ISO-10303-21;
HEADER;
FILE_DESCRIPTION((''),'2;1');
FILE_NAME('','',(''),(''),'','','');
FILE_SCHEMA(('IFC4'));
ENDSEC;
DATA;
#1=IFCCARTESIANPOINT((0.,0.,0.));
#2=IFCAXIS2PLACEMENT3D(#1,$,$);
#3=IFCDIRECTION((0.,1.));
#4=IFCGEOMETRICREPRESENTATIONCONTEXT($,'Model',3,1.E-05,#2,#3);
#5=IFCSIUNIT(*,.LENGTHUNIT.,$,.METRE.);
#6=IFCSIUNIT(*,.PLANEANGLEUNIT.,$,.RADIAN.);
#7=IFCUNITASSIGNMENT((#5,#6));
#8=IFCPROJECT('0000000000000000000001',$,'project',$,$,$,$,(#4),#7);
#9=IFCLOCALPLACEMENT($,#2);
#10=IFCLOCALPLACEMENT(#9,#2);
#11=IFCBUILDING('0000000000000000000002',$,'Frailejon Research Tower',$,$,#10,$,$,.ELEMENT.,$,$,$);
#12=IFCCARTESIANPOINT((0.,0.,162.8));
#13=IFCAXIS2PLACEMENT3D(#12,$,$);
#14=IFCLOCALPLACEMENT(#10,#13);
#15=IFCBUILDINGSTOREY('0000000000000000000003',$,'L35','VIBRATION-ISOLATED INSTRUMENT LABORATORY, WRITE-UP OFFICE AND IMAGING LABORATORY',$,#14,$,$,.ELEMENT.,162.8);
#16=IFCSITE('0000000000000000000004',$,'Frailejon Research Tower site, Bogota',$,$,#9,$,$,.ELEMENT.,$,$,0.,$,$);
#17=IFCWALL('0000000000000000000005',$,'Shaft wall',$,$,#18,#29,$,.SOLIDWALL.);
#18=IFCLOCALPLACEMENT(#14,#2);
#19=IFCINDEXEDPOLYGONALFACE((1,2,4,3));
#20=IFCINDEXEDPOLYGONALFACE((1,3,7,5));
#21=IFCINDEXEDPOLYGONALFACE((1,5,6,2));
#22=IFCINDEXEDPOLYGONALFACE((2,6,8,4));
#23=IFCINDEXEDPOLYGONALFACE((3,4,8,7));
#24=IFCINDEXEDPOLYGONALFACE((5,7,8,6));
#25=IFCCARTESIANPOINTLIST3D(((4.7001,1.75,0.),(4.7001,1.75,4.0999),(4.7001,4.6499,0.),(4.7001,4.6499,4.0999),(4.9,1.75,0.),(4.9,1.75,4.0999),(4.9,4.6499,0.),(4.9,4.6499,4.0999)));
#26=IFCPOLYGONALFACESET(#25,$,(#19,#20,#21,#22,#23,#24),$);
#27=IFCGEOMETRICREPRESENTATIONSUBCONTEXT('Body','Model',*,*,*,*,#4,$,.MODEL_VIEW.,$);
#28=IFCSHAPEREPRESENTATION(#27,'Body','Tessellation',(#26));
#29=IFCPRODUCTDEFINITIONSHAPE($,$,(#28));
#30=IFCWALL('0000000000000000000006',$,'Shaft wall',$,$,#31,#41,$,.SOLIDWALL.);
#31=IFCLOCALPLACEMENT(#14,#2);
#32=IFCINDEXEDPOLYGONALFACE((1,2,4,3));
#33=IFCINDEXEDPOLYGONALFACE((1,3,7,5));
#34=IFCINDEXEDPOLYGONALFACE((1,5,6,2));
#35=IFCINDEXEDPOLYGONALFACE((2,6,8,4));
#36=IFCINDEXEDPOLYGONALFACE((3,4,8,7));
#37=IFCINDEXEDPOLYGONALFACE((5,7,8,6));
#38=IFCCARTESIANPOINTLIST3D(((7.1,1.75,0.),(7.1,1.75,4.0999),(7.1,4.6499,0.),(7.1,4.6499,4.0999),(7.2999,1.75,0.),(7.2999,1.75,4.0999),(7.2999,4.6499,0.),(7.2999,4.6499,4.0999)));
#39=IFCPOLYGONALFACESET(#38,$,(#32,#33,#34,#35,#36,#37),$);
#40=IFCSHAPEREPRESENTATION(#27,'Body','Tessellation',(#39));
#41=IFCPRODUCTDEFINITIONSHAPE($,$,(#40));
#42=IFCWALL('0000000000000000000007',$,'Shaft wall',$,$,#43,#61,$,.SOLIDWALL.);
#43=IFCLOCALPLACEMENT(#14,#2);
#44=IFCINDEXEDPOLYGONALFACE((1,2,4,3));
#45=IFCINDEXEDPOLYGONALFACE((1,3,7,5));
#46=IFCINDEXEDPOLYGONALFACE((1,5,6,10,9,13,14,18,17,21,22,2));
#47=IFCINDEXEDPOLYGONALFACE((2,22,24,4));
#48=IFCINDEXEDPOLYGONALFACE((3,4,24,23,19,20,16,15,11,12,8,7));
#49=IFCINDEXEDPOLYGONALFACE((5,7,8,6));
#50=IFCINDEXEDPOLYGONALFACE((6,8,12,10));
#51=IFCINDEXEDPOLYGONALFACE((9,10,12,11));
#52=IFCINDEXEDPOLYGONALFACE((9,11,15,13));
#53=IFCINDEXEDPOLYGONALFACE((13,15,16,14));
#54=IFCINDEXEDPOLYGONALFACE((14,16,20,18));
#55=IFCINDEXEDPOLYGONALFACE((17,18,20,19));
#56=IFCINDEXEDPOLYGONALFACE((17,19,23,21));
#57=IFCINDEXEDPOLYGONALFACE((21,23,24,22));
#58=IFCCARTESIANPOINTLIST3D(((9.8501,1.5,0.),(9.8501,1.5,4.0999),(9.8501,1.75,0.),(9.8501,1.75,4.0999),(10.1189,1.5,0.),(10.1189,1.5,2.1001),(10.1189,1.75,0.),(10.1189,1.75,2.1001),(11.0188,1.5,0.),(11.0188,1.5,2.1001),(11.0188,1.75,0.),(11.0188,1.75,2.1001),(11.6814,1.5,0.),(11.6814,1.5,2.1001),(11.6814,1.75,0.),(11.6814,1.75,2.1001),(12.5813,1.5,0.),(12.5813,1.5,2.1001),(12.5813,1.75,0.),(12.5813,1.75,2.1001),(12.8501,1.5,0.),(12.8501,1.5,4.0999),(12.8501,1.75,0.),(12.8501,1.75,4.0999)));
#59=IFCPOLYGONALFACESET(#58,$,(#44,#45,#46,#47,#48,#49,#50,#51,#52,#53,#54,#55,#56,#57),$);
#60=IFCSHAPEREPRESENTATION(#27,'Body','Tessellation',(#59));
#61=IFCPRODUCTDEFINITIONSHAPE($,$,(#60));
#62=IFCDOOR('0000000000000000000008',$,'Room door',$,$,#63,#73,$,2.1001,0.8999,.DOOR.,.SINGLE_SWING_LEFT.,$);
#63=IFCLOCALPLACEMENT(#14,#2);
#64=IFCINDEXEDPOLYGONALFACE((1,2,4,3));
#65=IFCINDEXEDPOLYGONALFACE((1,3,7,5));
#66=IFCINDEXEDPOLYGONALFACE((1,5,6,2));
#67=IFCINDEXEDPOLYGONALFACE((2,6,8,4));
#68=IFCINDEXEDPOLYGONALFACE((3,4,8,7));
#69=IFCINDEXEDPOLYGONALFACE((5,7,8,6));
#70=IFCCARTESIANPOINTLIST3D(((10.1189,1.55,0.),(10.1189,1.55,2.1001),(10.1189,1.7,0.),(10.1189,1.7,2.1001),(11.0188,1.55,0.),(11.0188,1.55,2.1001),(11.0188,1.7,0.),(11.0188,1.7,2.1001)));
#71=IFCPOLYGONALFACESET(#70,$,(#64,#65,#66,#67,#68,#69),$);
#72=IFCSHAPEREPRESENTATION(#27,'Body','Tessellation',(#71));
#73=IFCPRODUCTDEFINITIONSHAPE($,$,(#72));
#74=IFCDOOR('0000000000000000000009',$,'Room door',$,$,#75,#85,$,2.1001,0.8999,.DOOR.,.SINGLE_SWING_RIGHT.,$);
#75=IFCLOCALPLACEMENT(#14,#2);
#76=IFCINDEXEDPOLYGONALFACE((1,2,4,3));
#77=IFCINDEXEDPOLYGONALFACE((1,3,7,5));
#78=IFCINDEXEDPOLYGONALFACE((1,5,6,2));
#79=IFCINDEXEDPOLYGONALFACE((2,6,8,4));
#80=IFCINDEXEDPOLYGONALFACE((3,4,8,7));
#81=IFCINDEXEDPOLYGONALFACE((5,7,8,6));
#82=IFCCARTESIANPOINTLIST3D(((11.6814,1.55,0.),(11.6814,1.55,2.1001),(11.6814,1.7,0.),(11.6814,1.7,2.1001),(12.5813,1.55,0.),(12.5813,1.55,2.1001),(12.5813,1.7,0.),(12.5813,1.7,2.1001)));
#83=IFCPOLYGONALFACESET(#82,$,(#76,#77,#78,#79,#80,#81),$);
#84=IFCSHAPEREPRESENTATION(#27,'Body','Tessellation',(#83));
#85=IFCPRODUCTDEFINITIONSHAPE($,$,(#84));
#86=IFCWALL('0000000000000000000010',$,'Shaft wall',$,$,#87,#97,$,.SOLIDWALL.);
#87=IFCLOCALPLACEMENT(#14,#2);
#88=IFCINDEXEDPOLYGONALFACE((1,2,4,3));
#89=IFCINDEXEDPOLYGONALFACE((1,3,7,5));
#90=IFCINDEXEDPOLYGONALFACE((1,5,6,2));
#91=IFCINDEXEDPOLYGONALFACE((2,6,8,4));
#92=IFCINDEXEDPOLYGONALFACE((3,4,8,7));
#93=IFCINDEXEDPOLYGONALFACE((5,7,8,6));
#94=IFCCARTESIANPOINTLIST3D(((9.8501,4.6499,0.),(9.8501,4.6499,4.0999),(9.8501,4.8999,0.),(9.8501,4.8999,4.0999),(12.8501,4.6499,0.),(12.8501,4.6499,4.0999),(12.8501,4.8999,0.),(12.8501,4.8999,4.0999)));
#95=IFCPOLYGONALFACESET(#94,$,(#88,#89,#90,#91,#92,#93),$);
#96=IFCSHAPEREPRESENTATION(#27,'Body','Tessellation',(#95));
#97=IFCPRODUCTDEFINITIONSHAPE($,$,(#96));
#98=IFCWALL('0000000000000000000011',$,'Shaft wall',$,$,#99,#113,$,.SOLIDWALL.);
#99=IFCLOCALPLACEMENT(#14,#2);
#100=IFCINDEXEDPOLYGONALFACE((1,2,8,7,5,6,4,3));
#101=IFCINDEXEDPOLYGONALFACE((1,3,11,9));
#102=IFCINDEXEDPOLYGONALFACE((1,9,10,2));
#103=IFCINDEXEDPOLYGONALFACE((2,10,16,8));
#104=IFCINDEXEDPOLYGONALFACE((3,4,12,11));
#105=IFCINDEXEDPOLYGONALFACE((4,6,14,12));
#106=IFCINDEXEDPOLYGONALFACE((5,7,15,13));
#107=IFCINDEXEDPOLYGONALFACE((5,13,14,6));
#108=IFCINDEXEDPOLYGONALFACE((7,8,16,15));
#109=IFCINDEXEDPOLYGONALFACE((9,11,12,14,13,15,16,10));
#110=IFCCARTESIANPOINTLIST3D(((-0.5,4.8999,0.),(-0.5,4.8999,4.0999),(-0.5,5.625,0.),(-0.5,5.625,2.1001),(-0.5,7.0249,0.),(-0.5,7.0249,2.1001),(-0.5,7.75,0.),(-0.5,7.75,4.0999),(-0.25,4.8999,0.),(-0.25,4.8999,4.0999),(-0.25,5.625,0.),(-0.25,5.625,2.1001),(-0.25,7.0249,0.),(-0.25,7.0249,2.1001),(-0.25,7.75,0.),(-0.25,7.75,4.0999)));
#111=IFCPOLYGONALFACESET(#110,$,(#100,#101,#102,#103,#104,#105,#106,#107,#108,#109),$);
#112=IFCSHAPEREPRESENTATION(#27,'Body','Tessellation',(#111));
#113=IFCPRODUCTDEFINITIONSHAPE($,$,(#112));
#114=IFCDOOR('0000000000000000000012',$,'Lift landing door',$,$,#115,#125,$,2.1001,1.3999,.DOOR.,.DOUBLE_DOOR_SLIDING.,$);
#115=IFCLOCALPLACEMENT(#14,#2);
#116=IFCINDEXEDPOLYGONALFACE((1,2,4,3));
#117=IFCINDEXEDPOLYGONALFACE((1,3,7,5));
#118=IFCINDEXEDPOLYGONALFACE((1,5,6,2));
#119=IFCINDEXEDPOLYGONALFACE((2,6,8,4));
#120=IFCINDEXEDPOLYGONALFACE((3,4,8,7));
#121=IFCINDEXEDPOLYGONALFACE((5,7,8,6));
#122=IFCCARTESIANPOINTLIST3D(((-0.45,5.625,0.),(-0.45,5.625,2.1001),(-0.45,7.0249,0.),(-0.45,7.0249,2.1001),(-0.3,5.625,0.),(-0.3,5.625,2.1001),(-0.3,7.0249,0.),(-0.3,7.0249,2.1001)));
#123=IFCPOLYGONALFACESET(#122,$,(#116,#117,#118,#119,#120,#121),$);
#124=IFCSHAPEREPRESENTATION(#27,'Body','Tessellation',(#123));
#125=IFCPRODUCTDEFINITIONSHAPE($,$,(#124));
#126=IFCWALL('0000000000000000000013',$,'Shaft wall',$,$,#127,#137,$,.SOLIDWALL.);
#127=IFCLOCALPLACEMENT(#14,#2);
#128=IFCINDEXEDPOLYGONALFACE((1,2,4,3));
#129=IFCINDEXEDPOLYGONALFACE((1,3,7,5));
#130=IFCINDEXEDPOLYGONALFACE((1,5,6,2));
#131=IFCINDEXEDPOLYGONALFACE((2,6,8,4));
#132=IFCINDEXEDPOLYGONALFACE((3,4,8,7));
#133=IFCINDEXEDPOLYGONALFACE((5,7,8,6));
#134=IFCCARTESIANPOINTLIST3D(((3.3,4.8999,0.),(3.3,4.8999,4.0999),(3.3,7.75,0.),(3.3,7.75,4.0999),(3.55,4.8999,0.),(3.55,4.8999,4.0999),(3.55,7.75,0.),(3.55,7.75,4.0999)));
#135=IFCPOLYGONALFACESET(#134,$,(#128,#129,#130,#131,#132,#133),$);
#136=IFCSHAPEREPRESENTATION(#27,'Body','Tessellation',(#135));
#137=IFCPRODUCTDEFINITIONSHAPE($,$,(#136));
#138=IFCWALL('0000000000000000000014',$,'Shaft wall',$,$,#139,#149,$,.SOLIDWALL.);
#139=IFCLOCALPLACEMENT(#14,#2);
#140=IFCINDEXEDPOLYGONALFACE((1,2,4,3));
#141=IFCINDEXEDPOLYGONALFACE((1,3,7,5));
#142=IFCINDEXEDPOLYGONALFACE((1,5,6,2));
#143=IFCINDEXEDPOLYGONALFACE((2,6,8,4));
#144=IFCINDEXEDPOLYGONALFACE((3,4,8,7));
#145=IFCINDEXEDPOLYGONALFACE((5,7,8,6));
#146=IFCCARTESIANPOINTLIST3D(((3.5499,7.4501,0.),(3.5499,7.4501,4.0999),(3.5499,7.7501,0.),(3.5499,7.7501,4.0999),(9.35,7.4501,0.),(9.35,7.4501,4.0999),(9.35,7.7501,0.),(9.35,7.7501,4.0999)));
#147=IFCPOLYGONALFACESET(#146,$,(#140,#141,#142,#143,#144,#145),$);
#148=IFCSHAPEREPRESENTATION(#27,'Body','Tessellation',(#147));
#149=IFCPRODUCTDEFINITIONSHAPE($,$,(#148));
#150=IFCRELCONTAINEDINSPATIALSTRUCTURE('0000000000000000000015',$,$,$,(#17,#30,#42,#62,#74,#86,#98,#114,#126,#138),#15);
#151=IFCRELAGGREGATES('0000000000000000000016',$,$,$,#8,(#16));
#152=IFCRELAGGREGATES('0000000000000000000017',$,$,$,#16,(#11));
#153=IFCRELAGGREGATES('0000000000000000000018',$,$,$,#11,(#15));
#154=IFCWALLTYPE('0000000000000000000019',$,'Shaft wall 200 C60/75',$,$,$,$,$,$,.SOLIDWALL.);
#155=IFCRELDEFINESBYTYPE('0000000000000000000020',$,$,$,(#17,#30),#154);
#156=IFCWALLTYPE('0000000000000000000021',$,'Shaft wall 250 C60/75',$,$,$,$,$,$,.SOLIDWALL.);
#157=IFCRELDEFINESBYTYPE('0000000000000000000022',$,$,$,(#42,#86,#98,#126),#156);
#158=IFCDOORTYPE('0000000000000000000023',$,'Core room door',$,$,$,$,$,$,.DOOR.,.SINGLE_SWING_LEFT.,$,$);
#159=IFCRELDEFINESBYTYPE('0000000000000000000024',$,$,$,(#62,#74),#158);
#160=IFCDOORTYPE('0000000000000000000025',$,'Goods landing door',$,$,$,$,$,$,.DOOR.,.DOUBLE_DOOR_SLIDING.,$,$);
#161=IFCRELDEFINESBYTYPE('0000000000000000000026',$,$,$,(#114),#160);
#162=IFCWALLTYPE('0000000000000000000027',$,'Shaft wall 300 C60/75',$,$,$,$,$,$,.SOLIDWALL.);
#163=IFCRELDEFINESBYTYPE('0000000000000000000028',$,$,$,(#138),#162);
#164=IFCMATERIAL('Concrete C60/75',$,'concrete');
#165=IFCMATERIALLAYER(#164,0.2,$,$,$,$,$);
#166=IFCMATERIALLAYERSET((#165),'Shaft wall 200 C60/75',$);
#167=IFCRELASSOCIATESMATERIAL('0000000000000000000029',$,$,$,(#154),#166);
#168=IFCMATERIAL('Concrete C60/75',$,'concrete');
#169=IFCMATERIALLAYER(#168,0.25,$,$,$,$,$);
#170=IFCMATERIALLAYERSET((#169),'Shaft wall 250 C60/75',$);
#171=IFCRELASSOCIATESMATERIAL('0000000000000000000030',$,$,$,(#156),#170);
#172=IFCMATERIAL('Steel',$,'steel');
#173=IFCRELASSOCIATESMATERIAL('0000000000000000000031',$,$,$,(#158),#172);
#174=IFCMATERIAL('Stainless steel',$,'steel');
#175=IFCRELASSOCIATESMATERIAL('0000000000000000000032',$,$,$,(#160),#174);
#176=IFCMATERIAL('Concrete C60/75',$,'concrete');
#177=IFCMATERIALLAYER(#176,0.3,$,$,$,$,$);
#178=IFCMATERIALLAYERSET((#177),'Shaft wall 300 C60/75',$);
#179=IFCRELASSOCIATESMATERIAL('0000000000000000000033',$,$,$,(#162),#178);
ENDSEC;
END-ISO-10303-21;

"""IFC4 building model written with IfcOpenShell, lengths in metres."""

from ifc_helpers import new_model, si_unit, direction, frame, frame_2d, origin, place, context, subcontext, project, spatial, rectangle, extrude, material, layer, layer_set, type_object, element, fill, save


model = new_model("IFC4")

# Units and contexts
model_context = context("Model", 3, precision=1e-05, world=origin(), true_north=direction((0.0, 1.0)))
body_context = subcontext(model_context, "Body", "Model", "MODEL_VIEW")
ifc_project = project(units=[si_unit("LENGTHUNIT", "METRE"), si_unit("PLANEANGLEUNIT", "RADIAN")], contexts=[model_context])

# Site, building, storey
site_placement = place(None, origin())
site = spatial("IfcSite", under=ifc_project, at=site_placement, Name="Frailejon Research Tower site, Bogota", CompositionType="ELEMENT", RefElevation=0.0)
building_placement = place(site_placement, origin())
building = spatial("IfcBuilding", under=site, at=building_placement, Name="Frailejon Research Tower", CompositionType="ELEMENT")
storey_placement = place(building_placement, frame((0.0, 0.0, 162.8)))
storey = spatial("IfcBuildingStorey", under=building, at=storey_placement, Name="L35", Description="VIBRATION-ISOLATED INSTRUMENT LABORATORY, WRITE-UP OFFICE AND IMAGING LABORATORY", CompositionType="ELEMENT", Elevation=162.8)

# Walls
ifc_material_1 = material(Name="Concrete C60/75", Category="concrete")
ifc_layer_1 = layer(ifc_material_1, 0.2)
ifc_layer_set_1 = layer_set([ifc_layer_1], Name="Shaft wall 200 C60/75")
wall_type_1 = type_object("IfcWallType", Name="Shaft wall 200 C60/75", PredefinedType="SOLIDWALL", material=ifc_layer_set_1)
for number, where, z_axis, x_axis, name in (
    (1, (4.8, 1.75, 0.0), (0.0, 0.0, 1.0), (0.0, 1.0, 0.0), "Shaft wall"),
    (2, (7.2, 1.75, 0.0), (0.0, 0.0, 1.0), (0.0, 1.0, 0.0), "Shaft wall"),
):
    element("IfcWall", number, at=place(storey_placement, frame(where, z_axis=z_axis, x_axis=x_axis)), inside=storey, type_object=wall_type_1, Name=name, PredefinedType="SOLIDWALL", context=body_context, shape_type="SweptSolid", body=[
        extrude(rectangle(XDim=2.8999, YDim=0.2, at=frame_2d((1.45, 0.0))), origin(), (0.0, 0.0, 1.0), 4.0999),
    ])

# Wall, openings, doors
ifc_material_2 = material(Name="Concrete C60/75", Category="concrete")
ifc_layer_2 = layer(ifc_material_2, 0.25)
ifc_layer_set_2 = layer_set([ifc_layer_2], Name="Shaft wall 250 C60/75")
wall_type_2 = type_object("IfcWallType", Name="Shaft wall 250 C60/75", PredefinedType="SOLIDWALL", material=ifc_layer_set_2)
wall_1_placement = place(storey_placement, frame((9.8501, 1.625, 0.0), z_axis=(0.0, 0.0, 1.0), x_axis=(1.0, 0.0, 0.0)))
wall_1 = element("IfcWall", 3, at=wall_1_placement, inside=storey, type_object=wall_type_2, Name="Shaft wall", PredefinedType="SOLIDWALL", context=body_context, shape_type="SweptSolid", body=[
    extrude(rectangle(XDim=3.0, YDim=0.25, at=frame_2d((1.5, 0.0))), origin(), (0.0, 0.0, 1.0), 4.0999),
])
opening_1_placement = place(wall_1_placement, frame((0.2688, 0.0, 0.0)))
opening_1 = element("IfcOpeningElement", 4, at=opening_1_placement, cuts=wall_1, PredefinedType="OPENING", context=body_context, shape_type="SweptSolid", body=[
    extrude(rectangle(XDim=0.8999, YDim=2.1001, at=frame_2d((0.45, 1.05))), frame((0.0, 0.135, 0.0), z_axis=(0.0, -1.0, 0.0), x_axis=(1.0, 0.0, 0.0)), (0.0, 0.0, 1.0), 0.27),
])
opening_2_placement = place(wall_1_placement, frame((1.8313, 0.0, 0.0)))
opening_2 = element("IfcOpeningElement", 5, at=opening_2_placement, cuts=wall_1, PredefinedType="OPENING", context=body_context, shape_type="SweptSolid", body=[
    extrude(rectangle(XDim=0.8999, YDim=2.1001, at=frame_2d((0.45, 1.05))), frame((0.0, 0.135, 0.0), z_axis=(0.0, -1.0, 0.0), x_axis=(1.0, 0.0, 0.0)), (0.0, 0.0, 1.0), 0.27),
])
ifc_material_3 = material(Name="Steel", Category="steel")
door_type_1 = type_object("IfcDoorType", Name="Core room door", OperationType="SINGLE_SWING_LEFT", PredefinedType="DOOR", material=ifc_material_3)
door_1_placement = place(opening_1_placement, origin())
door_1 = element("IfcDoor", 6, at=door_1_placement, inside=storey, type_object=door_type_1, Name="Room door", OperationType="SINGLE_SWING_LEFT", OverallHeight=2.1001, OverallWidth=0.8999, PredefinedType="DOOR", context=body_context, shape_type="SweptSolid", body=[
    extrude(rectangle(XDim=0.8999, YDim=2.1001, at=frame_2d((0.45, 1.05))), frame((0.0, 0.075, 0.0), z_axis=(0.0, -1.0, 0.0), x_axis=(1.0, 0.0, 0.0)), (0.0, 0.0, 1.0), 0.1499),
])
fill(opening_1, door_1)
door_2_placement = place(opening_2_placement, origin())
door_2 = element("IfcDoor", 7, at=door_2_placement, inside=storey, type_object=door_type_1, Name="Room door", OperationType="SINGLE_SWING_RIGHT", OverallHeight=2.1001, OverallWidth=0.8999, PredefinedType="DOOR", context=body_context, shape_type="SweptSolid", body=[
    extrude(rectangle(XDim=0.8999, YDim=2.1001, at=frame_2d((0.45, 1.05))), frame((0.0, 0.075, 0.0), z_axis=(0.0, -1.0, 0.0), x_axis=(1.0, 0.0, 0.0)), (0.0, 0.0, 1.0), 0.1499),
])
fill(opening_2, door_2)

# Wall
wall_2_placement = place(storey_placement, frame((9.8501, 4.7749, 0.0), z_axis=(0.0, 0.0, 1.0), x_axis=(1.0, 0.0, 0.0)))
element("IfcWall", 8, at=wall_2_placement, inside=storey, type_object=wall_type_2, Name="Shaft wall", PredefinedType="SOLIDWALL", context=body_context, shape_type="SweptSolid", body=[
    extrude(rectangle(XDim=3.0, YDim=0.25, at=frame_2d((1.5, 0.0))), origin(), (0.0, 0.0, 1.0), 4.0999),
])

# Wall, opening, door
wall_3_placement = place(storey_placement, frame((-0.375, 4.8999, 0.0), z_axis=(0.0, 0.0, 1.0), x_axis=(0.0, 1.0, 0.0)))
wall_3 = element("IfcWall", 9, at=wall_3_placement, inside=storey, type_object=wall_type_2, Name="Shaft wall", PredefinedType="SOLIDWALL", context=body_context, shape_type="SweptSolid", body=[
    extrude(rectangle(XDim=2.8501, YDim=0.25, at=frame_2d((1.425, 0.0))), origin(), (0.0, 0.0, 1.0), 4.0999),
])
opening_3_placement = place(wall_3_placement, frame((0.7251, 0.0, 0.0)))
opening_3 = element("IfcOpeningElement", 10, at=opening_3_placement, cuts=wall_3, PredefinedType="OPENING", context=body_context, shape_type="SweptSolid", body=[
    extrude(rectangle(XDim=1.3999, YDim=2.1001, at=frame_2d((0.7, 1.05))), frame((0.0, 0.135, 0.0), z_axis=(0.0, -1.0, 0.0), x_axis=(1.0, 0.0, 0.0)), (0.0, 0.0, 1.0), 0.27),
])
ifc_material_4 = material(Name="Stainless steel", Category="steel")
door_type_2 = type_object("IfcDoorType", Name="Goods landing door", OperationType="DOUBLE_DOOR_SLIDING", PredefinedType="DOOR", material=ifc_material_4)
door_3_placement = place(opening_3_placement, origin())
door_3 = element("IfcDoor", 11, at=door_3_placement, inside=storey, type_object=door_type_2, Name="Lift landing door", OperationType="DOUBLE_DOOR_SLIDING", OverallHeight=2.1001, OverallWidth=1.3999, PredefinedType="DOOR", context=body_context, shape_type="SweptSolid", body=[
    extrude(rectangle(XDim=1.3999, YDim=2.1001, at=frame_2d((0.7, 1.05))), frame((0.0, 0.075, 0.0), z_axis=(0.0, -1.0, 0.0), x_axis=(1.0, 0.0, 0.0)), (0.0, 0.0, 1.0), 0.1499),
])
fill(opening_3, door_3)

# Walls
wall_4_placement = place(storey_placement, frame((3.425, 4.8999, 0.0), z_axis=(0.0, 0.0, 1.0), x_axis=(0.0, 1.0, 0.0)))
element("IfcWall", 12, at=wall_4_placement, inside=storey, type_object=wall_type_2, Name="Shaft wall", PredefinedType="SOLIDWALL", context=body_context, shape_type="SweptSolid", body=[
    extrude(rectangle(XDim=2.8501, YDim=0.25, at=frame_2d((1.425, 0.0))), origin(), (0.0, 0.0, 1.0), 4.0999),
])
ifc_material_5 = material(Name="Concrete C60/75", Category="concrete")
ifc_layer_3 = layer(ifc_material_5, 0.3)
ifc_layer_set_3 = layer_set([ifc_layer_3], Name="Shaft wall 300 C60/75")
wall_type_3 = type_object("IfcWallType", Name="Shaft wall 300 C60/75", PredefinedType="SOLIDWALL", material=ifc_layer_set_3)
wall_5_placement = place(storey_placement, frame((3.55, 7.6001, 0.0), z_axis=(0.0, 0.0, 1.0), x_axis=(1.0, 0.0, 0.0)))
element("IfcWall", 13, at=wall_5_placement, inside=storey, type_object=wall_type_3, Name="Shaft wall", PredefinedType="SOLIDWALL", context=body_context, shape_type="SweptSolid", body=[
    extrude(rectangle(XDim=5.8, YDim=0.3, at=frame_2d((2.8999, 0.0))), origin(), (0.0, 0.0, 1.0), 4.0999),
])

save(model, "model.ifc")
